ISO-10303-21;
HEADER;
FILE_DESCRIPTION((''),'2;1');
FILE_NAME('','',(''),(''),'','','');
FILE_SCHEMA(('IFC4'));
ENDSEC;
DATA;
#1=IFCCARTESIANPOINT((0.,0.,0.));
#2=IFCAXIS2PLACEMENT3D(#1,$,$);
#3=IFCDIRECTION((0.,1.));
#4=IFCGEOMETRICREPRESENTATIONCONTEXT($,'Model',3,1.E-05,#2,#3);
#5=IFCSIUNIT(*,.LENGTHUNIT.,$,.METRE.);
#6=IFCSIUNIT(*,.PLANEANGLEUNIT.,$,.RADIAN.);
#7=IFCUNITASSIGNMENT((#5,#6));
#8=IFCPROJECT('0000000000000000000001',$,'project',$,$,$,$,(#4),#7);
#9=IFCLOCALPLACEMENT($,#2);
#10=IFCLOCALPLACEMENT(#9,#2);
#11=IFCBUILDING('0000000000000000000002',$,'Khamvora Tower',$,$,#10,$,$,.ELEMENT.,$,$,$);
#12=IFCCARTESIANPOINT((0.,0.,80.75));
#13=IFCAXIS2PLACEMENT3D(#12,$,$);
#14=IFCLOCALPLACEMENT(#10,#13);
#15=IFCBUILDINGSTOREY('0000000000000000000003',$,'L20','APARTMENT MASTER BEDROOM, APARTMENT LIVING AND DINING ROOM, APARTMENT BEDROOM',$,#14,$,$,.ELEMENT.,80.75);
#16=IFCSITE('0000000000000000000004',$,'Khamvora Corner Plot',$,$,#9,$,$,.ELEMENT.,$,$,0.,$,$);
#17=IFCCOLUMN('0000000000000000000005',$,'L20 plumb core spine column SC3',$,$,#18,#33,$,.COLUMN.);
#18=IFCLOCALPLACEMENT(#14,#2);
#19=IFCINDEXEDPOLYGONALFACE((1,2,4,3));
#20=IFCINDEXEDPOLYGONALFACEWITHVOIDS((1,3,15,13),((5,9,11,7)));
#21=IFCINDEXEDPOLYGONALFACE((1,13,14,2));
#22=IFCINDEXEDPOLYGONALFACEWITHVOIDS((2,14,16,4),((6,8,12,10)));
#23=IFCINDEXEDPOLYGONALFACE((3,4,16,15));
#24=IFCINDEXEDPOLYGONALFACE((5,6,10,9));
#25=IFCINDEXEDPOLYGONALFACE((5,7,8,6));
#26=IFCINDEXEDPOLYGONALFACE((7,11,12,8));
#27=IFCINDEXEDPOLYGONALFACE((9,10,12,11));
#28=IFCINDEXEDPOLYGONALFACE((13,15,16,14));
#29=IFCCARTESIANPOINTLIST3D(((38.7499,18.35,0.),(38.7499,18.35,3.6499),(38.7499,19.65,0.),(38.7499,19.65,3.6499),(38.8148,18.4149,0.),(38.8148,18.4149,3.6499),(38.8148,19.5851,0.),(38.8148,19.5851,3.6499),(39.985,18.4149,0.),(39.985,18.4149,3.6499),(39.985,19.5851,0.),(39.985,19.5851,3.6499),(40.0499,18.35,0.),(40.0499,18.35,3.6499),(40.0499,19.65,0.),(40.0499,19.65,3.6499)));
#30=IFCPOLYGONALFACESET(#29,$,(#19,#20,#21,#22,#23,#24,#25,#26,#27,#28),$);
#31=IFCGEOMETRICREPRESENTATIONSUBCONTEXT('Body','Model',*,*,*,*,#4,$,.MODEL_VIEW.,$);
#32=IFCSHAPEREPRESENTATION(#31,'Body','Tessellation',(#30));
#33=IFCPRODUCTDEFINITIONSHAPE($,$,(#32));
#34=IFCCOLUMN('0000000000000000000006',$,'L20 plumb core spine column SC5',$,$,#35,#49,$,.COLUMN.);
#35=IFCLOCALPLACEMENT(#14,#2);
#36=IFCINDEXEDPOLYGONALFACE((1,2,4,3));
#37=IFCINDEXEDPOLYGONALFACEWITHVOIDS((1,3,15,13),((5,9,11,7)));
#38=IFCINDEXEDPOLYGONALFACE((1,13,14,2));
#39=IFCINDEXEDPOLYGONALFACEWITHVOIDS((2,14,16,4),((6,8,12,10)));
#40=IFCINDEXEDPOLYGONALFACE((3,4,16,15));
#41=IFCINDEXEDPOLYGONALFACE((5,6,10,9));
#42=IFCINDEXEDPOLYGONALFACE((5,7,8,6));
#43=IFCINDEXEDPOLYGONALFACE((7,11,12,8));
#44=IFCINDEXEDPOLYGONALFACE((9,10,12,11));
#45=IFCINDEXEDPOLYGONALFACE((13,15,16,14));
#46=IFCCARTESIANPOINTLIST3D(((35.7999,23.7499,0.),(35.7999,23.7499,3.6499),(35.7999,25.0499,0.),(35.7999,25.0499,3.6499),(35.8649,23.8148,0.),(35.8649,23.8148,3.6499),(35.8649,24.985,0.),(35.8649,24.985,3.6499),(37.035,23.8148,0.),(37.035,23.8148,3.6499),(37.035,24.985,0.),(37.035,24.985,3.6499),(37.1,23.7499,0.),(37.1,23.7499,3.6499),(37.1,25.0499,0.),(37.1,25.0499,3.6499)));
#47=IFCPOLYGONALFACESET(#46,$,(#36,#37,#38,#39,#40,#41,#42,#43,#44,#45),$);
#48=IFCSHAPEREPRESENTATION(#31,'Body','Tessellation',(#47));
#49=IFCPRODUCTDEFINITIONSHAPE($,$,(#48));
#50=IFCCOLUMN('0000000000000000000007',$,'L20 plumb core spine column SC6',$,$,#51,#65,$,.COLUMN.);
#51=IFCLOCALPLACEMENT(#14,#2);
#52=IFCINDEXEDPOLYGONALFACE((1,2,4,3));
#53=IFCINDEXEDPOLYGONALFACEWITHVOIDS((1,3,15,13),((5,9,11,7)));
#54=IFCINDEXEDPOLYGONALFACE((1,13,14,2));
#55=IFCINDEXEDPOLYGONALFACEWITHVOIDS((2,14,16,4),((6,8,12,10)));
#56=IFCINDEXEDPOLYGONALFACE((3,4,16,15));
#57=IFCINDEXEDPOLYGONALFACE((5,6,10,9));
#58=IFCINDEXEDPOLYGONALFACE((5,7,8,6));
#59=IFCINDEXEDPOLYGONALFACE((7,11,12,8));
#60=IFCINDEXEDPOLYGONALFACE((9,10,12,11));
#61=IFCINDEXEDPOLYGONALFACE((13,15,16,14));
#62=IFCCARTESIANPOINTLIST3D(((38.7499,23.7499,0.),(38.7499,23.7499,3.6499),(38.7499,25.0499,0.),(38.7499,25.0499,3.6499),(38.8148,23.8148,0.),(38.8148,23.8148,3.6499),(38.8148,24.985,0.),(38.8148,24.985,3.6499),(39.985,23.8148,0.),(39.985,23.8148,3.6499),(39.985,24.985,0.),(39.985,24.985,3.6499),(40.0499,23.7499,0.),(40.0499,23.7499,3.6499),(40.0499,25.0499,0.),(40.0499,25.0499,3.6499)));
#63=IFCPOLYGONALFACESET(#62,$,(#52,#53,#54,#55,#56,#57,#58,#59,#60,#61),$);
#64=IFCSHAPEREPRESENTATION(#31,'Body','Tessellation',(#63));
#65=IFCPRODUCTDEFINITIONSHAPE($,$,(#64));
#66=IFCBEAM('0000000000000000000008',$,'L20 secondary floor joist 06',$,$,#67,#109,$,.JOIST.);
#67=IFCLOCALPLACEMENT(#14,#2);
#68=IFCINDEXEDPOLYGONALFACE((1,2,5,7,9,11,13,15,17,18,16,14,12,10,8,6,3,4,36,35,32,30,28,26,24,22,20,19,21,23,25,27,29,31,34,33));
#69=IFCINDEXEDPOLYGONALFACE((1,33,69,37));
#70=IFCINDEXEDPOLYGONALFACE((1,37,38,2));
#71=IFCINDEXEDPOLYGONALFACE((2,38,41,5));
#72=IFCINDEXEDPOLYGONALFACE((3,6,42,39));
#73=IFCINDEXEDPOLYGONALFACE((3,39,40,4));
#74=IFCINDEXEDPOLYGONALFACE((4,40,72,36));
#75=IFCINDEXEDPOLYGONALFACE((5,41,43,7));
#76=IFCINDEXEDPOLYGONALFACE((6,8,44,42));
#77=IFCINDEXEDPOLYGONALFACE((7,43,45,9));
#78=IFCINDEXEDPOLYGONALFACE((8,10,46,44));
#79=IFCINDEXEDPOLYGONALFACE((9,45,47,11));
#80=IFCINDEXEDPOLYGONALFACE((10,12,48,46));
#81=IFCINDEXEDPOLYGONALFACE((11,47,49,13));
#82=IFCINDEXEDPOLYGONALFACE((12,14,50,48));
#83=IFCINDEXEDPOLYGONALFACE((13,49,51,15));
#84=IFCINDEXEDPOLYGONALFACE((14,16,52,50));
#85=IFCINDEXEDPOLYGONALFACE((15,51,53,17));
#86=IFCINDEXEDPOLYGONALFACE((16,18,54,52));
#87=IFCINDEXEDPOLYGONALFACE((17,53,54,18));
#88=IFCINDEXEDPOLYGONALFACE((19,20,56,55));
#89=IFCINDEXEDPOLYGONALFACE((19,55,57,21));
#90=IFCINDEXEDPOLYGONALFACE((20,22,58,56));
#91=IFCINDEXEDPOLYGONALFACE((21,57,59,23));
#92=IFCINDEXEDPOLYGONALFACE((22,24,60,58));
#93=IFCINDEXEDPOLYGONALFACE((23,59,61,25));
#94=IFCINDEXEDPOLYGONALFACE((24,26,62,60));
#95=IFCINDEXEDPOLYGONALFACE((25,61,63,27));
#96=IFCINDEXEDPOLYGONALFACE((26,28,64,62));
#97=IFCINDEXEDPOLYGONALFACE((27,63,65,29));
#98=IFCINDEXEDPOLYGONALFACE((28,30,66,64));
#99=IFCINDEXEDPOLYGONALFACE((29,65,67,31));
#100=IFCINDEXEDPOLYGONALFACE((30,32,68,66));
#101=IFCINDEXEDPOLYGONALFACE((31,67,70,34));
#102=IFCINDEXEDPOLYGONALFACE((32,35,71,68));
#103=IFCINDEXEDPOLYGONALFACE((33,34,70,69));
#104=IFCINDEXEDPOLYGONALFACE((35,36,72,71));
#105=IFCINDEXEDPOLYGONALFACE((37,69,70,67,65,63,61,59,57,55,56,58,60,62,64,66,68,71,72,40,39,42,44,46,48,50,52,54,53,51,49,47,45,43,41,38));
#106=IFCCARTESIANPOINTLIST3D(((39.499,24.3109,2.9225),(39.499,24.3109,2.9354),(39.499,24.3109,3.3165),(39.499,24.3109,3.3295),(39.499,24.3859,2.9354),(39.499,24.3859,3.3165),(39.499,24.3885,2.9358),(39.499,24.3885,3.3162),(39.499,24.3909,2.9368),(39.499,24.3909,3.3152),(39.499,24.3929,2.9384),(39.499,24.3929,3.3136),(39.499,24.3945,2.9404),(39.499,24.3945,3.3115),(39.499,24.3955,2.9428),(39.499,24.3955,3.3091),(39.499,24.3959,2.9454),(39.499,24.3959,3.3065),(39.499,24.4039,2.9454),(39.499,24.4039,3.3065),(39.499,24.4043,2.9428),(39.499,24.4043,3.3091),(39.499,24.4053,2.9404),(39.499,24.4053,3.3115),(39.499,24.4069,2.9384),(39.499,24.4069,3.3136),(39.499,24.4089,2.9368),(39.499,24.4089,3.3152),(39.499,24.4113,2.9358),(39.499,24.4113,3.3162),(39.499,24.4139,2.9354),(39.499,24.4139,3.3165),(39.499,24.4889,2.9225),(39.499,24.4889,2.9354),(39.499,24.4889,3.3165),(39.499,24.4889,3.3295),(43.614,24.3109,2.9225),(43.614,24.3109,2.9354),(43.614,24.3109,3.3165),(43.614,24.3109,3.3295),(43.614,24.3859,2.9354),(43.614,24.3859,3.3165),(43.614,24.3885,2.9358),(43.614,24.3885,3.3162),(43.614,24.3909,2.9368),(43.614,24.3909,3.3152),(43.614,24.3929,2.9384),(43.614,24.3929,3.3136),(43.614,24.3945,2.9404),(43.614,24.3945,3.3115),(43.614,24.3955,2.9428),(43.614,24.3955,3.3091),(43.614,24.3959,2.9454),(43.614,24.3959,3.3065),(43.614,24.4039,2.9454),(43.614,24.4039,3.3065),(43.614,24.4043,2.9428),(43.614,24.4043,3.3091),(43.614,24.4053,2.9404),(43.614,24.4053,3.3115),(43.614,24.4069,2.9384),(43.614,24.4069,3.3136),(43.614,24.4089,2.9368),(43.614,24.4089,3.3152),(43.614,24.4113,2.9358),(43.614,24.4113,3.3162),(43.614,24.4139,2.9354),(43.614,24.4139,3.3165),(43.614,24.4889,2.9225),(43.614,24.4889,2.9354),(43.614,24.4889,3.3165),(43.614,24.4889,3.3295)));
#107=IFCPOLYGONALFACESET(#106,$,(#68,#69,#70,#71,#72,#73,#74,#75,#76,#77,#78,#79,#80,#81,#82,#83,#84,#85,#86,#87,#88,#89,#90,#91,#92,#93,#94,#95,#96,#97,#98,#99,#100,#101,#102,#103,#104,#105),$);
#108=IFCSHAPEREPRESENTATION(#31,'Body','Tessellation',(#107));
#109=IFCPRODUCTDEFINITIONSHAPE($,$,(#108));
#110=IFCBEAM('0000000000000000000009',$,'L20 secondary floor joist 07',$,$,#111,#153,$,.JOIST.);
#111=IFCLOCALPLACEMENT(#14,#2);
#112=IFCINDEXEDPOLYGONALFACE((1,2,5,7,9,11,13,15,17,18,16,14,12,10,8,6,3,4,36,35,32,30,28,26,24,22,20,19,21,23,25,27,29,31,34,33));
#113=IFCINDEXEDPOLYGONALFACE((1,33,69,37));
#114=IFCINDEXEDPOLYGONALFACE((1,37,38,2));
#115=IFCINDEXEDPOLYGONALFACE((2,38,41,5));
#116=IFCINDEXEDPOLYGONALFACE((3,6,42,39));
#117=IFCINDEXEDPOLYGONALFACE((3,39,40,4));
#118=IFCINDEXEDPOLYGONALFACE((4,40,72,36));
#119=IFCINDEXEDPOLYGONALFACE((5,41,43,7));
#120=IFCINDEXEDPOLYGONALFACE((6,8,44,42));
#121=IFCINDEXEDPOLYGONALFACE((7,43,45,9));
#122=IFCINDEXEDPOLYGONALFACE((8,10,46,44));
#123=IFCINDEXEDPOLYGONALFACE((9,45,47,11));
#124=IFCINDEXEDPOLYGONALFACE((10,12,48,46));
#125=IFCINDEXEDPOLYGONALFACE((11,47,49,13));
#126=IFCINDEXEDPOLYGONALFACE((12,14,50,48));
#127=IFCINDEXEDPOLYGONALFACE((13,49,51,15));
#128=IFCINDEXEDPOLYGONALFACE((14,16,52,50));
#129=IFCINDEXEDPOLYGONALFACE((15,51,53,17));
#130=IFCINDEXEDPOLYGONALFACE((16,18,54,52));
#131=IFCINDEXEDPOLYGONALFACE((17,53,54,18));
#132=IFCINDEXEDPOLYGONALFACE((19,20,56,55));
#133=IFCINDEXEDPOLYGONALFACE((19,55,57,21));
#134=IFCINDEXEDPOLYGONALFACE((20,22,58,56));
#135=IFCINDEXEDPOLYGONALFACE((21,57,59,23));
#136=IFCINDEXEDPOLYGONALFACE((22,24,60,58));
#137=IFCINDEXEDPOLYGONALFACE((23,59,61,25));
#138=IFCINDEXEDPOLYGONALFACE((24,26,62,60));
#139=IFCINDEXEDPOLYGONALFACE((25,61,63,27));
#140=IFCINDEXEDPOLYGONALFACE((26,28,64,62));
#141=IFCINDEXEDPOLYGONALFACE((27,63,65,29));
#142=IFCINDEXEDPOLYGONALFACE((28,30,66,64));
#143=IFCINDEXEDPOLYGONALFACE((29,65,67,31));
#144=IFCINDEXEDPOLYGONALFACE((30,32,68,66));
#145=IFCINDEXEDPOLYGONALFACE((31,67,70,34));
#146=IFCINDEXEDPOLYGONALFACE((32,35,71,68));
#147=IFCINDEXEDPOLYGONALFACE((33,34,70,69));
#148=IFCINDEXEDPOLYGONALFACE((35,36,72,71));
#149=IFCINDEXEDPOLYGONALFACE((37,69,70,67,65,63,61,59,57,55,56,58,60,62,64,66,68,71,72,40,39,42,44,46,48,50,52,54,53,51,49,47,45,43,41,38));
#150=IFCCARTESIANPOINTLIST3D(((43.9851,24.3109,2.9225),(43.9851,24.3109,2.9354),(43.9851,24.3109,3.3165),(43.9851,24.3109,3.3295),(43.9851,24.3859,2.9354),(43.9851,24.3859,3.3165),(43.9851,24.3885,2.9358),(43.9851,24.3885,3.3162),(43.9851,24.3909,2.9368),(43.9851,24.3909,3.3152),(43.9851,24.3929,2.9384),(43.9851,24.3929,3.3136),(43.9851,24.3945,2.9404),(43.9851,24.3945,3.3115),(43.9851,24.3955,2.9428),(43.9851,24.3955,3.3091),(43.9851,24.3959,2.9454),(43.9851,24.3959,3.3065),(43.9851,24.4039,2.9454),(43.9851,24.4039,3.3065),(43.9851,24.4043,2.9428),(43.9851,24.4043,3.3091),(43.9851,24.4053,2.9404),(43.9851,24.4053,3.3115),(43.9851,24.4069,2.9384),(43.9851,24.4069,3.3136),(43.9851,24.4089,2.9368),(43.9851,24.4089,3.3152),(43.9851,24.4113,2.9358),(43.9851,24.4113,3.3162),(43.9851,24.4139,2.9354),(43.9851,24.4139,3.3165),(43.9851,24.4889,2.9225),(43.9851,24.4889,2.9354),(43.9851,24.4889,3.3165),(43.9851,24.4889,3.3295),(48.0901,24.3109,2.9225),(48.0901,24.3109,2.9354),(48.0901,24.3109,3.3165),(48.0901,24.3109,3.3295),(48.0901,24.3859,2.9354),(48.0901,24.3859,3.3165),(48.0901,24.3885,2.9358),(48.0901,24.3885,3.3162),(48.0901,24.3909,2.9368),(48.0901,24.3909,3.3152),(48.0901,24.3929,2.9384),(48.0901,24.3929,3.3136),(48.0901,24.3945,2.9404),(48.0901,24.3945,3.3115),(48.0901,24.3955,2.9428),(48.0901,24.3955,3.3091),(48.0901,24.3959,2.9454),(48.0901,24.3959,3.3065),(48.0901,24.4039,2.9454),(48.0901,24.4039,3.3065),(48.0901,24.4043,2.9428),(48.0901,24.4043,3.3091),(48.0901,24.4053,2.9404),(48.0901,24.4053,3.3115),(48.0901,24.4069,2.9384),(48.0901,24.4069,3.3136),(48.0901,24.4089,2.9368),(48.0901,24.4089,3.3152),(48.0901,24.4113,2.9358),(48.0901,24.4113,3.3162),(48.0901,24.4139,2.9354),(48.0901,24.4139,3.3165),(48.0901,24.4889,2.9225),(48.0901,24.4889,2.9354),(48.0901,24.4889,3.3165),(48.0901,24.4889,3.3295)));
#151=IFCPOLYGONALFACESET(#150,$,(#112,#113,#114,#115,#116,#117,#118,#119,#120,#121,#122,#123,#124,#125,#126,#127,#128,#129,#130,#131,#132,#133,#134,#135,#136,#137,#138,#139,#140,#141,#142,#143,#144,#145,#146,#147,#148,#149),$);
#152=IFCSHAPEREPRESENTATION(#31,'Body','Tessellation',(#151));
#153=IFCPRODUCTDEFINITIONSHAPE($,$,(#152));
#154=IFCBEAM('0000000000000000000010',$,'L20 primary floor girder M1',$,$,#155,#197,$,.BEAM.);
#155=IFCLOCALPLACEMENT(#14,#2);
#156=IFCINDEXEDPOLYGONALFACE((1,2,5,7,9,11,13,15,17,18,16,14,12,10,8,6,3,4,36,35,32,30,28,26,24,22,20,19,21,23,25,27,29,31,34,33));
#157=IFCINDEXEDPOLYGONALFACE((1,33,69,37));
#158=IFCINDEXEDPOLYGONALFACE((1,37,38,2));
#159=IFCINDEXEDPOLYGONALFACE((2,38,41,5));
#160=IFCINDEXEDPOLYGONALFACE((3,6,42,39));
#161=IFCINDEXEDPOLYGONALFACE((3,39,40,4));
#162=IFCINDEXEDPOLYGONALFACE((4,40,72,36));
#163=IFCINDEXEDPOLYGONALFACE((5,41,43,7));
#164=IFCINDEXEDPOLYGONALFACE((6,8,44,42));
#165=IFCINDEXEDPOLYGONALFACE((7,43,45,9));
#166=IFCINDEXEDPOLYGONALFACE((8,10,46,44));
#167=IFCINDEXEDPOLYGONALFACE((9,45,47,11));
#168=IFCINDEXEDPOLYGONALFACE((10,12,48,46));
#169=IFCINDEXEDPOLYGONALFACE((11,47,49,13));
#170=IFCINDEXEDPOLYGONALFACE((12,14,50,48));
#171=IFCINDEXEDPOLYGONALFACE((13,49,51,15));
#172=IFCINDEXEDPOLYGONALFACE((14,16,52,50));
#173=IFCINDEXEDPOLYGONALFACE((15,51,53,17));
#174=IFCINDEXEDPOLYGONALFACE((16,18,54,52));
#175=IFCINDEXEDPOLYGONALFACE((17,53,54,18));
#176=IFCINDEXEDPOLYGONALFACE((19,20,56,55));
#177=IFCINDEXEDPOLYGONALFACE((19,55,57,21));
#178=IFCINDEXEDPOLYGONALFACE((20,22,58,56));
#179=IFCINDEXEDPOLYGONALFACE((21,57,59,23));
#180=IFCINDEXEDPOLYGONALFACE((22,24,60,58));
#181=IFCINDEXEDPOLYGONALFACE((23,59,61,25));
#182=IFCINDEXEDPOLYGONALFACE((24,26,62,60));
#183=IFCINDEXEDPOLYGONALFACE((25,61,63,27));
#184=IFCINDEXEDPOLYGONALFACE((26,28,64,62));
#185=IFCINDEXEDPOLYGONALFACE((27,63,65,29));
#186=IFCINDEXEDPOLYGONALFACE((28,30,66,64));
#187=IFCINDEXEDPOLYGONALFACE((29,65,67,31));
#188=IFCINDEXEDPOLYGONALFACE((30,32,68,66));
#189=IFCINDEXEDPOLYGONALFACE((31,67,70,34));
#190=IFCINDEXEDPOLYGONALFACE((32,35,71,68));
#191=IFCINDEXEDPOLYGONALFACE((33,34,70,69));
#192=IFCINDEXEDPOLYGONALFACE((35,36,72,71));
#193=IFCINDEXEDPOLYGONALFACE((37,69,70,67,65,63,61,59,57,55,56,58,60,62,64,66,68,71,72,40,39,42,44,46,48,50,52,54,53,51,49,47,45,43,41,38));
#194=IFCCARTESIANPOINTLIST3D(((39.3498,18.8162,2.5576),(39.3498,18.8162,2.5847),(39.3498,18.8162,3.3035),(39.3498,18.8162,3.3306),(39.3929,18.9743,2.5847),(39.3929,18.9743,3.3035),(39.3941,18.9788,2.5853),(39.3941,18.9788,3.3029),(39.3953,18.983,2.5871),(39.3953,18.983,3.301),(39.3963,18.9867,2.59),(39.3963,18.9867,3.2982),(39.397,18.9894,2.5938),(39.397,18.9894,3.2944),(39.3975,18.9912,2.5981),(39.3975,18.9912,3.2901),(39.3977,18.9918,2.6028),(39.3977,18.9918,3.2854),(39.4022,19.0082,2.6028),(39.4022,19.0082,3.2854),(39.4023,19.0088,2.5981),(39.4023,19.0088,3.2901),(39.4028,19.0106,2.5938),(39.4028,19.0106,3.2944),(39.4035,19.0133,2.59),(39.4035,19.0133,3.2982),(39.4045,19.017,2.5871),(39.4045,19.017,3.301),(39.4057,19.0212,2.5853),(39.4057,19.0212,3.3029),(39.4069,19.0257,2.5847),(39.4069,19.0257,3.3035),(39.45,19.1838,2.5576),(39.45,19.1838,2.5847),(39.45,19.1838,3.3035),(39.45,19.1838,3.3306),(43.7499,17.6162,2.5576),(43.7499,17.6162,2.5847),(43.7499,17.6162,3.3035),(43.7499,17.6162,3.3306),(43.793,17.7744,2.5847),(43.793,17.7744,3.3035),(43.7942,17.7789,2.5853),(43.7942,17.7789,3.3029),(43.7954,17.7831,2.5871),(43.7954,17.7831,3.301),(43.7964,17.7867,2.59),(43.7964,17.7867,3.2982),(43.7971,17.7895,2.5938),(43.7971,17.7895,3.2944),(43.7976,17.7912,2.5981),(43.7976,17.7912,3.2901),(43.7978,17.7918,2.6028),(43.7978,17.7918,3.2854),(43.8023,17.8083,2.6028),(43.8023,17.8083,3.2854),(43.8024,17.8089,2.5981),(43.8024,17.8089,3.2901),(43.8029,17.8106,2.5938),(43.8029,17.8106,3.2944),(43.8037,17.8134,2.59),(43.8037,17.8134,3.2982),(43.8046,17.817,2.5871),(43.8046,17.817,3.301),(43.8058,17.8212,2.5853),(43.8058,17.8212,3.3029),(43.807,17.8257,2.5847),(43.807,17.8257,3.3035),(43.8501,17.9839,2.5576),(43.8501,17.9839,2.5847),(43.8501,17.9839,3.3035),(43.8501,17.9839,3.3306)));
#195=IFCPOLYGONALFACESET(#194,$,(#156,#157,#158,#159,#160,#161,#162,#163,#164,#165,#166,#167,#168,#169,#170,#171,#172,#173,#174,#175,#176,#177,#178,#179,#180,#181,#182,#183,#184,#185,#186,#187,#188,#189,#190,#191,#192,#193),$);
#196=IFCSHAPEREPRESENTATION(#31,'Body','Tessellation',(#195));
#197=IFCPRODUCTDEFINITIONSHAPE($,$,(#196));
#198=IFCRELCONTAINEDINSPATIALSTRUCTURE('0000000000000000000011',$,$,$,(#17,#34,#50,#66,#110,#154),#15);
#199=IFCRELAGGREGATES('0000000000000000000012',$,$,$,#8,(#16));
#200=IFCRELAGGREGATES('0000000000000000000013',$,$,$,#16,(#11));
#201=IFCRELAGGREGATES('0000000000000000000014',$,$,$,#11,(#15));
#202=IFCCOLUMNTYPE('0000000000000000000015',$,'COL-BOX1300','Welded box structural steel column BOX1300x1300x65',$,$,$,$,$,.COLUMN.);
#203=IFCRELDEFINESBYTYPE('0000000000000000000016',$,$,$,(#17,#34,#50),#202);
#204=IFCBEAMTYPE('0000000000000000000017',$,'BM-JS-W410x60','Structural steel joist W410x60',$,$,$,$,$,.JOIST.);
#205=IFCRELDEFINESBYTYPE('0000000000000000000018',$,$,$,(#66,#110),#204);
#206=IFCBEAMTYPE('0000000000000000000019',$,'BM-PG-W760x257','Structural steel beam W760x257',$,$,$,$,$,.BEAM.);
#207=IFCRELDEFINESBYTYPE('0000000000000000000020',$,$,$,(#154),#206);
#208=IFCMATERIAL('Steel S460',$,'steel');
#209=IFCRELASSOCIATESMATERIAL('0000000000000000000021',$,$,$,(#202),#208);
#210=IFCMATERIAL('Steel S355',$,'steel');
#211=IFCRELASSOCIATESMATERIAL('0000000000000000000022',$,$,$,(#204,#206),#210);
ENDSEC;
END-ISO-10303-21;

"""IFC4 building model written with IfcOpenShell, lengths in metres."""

from ifc_helpers import new_model, si_unit, direction, frame, origin, origin_2d, place, context, subcontext, project, spatial, hollow_rectangle, i_section, extrude, material, material_profile, profile_set, type_object, element, save


model = new_model("IFC4")

# Units and contexts
model_context = context("Model", 3, precision=1e-05, world=origin(), true_north=direction((0.0, 1.0)))
body_context = subcontext(model_context, "Body", "Model", "MODEL_VIEW")
ifc_project = project(units=[si_unit("LENGTHUNIT", "METRE"), si_unit("PLANEANGLEUNIT", "RADIAN")], contexts=[model_context])

# Site, building, storey
site_placement = place(None, origin())
site = spatial("IfcSite", under=ifc_project, at=site_placement, Name="Khamvora Corner Plot", CompositionType="ELEMENT", RefElevation=0.0)
building_placement = place(site_placement, origin())
building = spatial("IfcBuilding", under=site, at=building_placement, Name="Khamvora Tower", CompositionType="ELEMENT")
storey_placement = place(building_placement, frame((0.0, 0.0, 80.75)))
storey = spatial("IfcBuildingStorey", under=building, at=storey_placement, Name="L20", Description="APARTMENT MASTER BEDROOM, APARTMENT LIVING AND DINING ROOM, APARTMENT BEDROOM", CompositionType="ELEMENT", Elevation=80.75)

# Columns
ifc_material_1 = material(Name="Steel S460", Category="steel")
ifc_material_profile_1 = material_profile(ifc_material_1, hollow_rectangle(XDim=1.3, YDim=1.3, WallThickness=0.0649, at=origin_2d()), Name="BOX1300x1300x65")
ifc_profile_set_1 = profile_set([ifc_material_profile_1], Name="Steel S460")
column_type = type_object("IfcColumnType", Name="COL-BOX1300", Description="Welded box structural steel column BOX1300x1300x65", PredefinedType="COLUMN", material=ifc_profile_set_1)
for number, where, z_axis, x_axis, name in (
    (1, (39.3999, 19.0, 0.0), (0.0, 0.0, 1.0), (1.0, 0.0, 0.0), "L20 plumb core spine column SC3"),
    (2, (36.45, 24.3999, 0.0), (0.0, 0.0, 1.0), (1.0, 0.0, 0.0), "L20 plumb core spine column SC5"),
    (3, (39.3999, 24.3999, 0.0), (0.0, 0.0, 1.0), (1.0, 0.0, 0.0), "L20 plumb core spine column SC6"),
):
    element("IfcColumn", number, at=place(storey_placement, frame(where, z_axis=z_axis, x_axis=x_axis)), inside=storey, type_object=column_type, Name=name, PredefinedType="COLUMN", context=body_context, shape_type="SweptSolid", body=[
        extrude(hollow_rectangle(XDim=1.3, YDim=1.3, WallThickness=0.0649, at=origin_2d()), origin(), (0.0, 0.0, 1.0), 3.6499),
    ])

# Beams
ifc_material_2 = material(Name="Steel S355", Category="steel")
ifc_material_profile_2 = material_profile(ifc_material_2, i_section(OverallWidth=0.178, OverallDepth=0.407, WebThickness=0.0081, FlangeThickness=0.0129, FilletRadius=0.01, at=origin_2d()), Name="W410x60")
ifc_profile_set_2 = profile_set([ifc_material_profile_2], Name="Steel S355")
beam_type_1 = type_object("IfcBeamType", Name="BM-JS-W410x60", Description="Structural steel joist W410x60", PredefinedType="JOIST", material=ifc_profile_set_2)
beam_1_placement = place(storey_placement, frame((39.499, 24.3999, 3.126), z_axis=(1.0, 0.0, 0.0), x_axis=(0.0, 1.0, 0.0)))
element("IfcBeam", 4, at=beam_1_placement, inside=storey, type_object=beam_type_1, Name="L20 secondary floor joist 06", PredefinedType="JOIST", context=body_context, shape_type="SweptSolid", body=[
    extrude(i_section(OverallWidth=0.178, OverallDepth=0.407, WebThickness=0.0081, FlangeThickness=0.0129, FilletRadius=0.01, at=origin_2d()), origin(), (0.0, 0.0, 1.0), 4.115),
])
beam_2_placement = place(storey_placement, frame((43.9851, 24.3999, 3.126), z_axis=(1.0, 0.0, 0.0), x_axis=(0.0, 1.0, 0.0)))
element("IfcBeam", 5, at=beam_2_placement, inside=storey, type_object=beam_type_1, Name="L20 secondary floor joist 07", PredefinedType="JOIST", context=body_context, shape_type="SweptSolid", body=[
    extrude(i_section(OverallWidth=0.178, OverallDepth=0.407, WebThickness=0.0081, FlangeThickness=0.0129, FilletRadius=0.01, at=origin_2d()), origin(), (0.0, 0.0, 1.0), 4.105),
])
ifc_material_profile_3 = material_profile(ifc_material_2, i_section(OverallWidth=0.3811, OverallDepth=0.7729, WebThickness=0.0171, FlangeThickness=0.0271, FilletRadius=0.0181, at=origin_2d()), Name="W760x257")
ifc_profile_set_3 = profile_set([ifc_material_profile_3], Name="Steel S355")
beam_type_2 = type_object("IfcBeamType", Name="BM-PG-W760x257", Description="Structural steel beam W760x257", PredefinedType="BEAM", material=ifc_profile_set_3)
beam_3_placement = place(storey_placement, frame((39.3999, 19.0, 2.9441), z_axis=(0.964769, -0.263099, 0.0), x_axis=(0.263099, 0.964769, 0.0)))
element("IfcBeam", 6, at=beam_3_placement, inside=storey, type_object=beam_type_2, Name="L20 primary floor girder M1", PredefinedType="BEAM", context=body_context, shape_type="SweptSolid", body=[
    extrude(i_section(OverallWidth=0.3811, OverallDepth=0.7729, WebThickness=0.0171, FlangeThickness=0.0271, FilletRadius=0.0181, at=origin_2d()), origin(), (0.0, 0.0, 1.0), 4.5608),
])

save(model, "model.ifc")
